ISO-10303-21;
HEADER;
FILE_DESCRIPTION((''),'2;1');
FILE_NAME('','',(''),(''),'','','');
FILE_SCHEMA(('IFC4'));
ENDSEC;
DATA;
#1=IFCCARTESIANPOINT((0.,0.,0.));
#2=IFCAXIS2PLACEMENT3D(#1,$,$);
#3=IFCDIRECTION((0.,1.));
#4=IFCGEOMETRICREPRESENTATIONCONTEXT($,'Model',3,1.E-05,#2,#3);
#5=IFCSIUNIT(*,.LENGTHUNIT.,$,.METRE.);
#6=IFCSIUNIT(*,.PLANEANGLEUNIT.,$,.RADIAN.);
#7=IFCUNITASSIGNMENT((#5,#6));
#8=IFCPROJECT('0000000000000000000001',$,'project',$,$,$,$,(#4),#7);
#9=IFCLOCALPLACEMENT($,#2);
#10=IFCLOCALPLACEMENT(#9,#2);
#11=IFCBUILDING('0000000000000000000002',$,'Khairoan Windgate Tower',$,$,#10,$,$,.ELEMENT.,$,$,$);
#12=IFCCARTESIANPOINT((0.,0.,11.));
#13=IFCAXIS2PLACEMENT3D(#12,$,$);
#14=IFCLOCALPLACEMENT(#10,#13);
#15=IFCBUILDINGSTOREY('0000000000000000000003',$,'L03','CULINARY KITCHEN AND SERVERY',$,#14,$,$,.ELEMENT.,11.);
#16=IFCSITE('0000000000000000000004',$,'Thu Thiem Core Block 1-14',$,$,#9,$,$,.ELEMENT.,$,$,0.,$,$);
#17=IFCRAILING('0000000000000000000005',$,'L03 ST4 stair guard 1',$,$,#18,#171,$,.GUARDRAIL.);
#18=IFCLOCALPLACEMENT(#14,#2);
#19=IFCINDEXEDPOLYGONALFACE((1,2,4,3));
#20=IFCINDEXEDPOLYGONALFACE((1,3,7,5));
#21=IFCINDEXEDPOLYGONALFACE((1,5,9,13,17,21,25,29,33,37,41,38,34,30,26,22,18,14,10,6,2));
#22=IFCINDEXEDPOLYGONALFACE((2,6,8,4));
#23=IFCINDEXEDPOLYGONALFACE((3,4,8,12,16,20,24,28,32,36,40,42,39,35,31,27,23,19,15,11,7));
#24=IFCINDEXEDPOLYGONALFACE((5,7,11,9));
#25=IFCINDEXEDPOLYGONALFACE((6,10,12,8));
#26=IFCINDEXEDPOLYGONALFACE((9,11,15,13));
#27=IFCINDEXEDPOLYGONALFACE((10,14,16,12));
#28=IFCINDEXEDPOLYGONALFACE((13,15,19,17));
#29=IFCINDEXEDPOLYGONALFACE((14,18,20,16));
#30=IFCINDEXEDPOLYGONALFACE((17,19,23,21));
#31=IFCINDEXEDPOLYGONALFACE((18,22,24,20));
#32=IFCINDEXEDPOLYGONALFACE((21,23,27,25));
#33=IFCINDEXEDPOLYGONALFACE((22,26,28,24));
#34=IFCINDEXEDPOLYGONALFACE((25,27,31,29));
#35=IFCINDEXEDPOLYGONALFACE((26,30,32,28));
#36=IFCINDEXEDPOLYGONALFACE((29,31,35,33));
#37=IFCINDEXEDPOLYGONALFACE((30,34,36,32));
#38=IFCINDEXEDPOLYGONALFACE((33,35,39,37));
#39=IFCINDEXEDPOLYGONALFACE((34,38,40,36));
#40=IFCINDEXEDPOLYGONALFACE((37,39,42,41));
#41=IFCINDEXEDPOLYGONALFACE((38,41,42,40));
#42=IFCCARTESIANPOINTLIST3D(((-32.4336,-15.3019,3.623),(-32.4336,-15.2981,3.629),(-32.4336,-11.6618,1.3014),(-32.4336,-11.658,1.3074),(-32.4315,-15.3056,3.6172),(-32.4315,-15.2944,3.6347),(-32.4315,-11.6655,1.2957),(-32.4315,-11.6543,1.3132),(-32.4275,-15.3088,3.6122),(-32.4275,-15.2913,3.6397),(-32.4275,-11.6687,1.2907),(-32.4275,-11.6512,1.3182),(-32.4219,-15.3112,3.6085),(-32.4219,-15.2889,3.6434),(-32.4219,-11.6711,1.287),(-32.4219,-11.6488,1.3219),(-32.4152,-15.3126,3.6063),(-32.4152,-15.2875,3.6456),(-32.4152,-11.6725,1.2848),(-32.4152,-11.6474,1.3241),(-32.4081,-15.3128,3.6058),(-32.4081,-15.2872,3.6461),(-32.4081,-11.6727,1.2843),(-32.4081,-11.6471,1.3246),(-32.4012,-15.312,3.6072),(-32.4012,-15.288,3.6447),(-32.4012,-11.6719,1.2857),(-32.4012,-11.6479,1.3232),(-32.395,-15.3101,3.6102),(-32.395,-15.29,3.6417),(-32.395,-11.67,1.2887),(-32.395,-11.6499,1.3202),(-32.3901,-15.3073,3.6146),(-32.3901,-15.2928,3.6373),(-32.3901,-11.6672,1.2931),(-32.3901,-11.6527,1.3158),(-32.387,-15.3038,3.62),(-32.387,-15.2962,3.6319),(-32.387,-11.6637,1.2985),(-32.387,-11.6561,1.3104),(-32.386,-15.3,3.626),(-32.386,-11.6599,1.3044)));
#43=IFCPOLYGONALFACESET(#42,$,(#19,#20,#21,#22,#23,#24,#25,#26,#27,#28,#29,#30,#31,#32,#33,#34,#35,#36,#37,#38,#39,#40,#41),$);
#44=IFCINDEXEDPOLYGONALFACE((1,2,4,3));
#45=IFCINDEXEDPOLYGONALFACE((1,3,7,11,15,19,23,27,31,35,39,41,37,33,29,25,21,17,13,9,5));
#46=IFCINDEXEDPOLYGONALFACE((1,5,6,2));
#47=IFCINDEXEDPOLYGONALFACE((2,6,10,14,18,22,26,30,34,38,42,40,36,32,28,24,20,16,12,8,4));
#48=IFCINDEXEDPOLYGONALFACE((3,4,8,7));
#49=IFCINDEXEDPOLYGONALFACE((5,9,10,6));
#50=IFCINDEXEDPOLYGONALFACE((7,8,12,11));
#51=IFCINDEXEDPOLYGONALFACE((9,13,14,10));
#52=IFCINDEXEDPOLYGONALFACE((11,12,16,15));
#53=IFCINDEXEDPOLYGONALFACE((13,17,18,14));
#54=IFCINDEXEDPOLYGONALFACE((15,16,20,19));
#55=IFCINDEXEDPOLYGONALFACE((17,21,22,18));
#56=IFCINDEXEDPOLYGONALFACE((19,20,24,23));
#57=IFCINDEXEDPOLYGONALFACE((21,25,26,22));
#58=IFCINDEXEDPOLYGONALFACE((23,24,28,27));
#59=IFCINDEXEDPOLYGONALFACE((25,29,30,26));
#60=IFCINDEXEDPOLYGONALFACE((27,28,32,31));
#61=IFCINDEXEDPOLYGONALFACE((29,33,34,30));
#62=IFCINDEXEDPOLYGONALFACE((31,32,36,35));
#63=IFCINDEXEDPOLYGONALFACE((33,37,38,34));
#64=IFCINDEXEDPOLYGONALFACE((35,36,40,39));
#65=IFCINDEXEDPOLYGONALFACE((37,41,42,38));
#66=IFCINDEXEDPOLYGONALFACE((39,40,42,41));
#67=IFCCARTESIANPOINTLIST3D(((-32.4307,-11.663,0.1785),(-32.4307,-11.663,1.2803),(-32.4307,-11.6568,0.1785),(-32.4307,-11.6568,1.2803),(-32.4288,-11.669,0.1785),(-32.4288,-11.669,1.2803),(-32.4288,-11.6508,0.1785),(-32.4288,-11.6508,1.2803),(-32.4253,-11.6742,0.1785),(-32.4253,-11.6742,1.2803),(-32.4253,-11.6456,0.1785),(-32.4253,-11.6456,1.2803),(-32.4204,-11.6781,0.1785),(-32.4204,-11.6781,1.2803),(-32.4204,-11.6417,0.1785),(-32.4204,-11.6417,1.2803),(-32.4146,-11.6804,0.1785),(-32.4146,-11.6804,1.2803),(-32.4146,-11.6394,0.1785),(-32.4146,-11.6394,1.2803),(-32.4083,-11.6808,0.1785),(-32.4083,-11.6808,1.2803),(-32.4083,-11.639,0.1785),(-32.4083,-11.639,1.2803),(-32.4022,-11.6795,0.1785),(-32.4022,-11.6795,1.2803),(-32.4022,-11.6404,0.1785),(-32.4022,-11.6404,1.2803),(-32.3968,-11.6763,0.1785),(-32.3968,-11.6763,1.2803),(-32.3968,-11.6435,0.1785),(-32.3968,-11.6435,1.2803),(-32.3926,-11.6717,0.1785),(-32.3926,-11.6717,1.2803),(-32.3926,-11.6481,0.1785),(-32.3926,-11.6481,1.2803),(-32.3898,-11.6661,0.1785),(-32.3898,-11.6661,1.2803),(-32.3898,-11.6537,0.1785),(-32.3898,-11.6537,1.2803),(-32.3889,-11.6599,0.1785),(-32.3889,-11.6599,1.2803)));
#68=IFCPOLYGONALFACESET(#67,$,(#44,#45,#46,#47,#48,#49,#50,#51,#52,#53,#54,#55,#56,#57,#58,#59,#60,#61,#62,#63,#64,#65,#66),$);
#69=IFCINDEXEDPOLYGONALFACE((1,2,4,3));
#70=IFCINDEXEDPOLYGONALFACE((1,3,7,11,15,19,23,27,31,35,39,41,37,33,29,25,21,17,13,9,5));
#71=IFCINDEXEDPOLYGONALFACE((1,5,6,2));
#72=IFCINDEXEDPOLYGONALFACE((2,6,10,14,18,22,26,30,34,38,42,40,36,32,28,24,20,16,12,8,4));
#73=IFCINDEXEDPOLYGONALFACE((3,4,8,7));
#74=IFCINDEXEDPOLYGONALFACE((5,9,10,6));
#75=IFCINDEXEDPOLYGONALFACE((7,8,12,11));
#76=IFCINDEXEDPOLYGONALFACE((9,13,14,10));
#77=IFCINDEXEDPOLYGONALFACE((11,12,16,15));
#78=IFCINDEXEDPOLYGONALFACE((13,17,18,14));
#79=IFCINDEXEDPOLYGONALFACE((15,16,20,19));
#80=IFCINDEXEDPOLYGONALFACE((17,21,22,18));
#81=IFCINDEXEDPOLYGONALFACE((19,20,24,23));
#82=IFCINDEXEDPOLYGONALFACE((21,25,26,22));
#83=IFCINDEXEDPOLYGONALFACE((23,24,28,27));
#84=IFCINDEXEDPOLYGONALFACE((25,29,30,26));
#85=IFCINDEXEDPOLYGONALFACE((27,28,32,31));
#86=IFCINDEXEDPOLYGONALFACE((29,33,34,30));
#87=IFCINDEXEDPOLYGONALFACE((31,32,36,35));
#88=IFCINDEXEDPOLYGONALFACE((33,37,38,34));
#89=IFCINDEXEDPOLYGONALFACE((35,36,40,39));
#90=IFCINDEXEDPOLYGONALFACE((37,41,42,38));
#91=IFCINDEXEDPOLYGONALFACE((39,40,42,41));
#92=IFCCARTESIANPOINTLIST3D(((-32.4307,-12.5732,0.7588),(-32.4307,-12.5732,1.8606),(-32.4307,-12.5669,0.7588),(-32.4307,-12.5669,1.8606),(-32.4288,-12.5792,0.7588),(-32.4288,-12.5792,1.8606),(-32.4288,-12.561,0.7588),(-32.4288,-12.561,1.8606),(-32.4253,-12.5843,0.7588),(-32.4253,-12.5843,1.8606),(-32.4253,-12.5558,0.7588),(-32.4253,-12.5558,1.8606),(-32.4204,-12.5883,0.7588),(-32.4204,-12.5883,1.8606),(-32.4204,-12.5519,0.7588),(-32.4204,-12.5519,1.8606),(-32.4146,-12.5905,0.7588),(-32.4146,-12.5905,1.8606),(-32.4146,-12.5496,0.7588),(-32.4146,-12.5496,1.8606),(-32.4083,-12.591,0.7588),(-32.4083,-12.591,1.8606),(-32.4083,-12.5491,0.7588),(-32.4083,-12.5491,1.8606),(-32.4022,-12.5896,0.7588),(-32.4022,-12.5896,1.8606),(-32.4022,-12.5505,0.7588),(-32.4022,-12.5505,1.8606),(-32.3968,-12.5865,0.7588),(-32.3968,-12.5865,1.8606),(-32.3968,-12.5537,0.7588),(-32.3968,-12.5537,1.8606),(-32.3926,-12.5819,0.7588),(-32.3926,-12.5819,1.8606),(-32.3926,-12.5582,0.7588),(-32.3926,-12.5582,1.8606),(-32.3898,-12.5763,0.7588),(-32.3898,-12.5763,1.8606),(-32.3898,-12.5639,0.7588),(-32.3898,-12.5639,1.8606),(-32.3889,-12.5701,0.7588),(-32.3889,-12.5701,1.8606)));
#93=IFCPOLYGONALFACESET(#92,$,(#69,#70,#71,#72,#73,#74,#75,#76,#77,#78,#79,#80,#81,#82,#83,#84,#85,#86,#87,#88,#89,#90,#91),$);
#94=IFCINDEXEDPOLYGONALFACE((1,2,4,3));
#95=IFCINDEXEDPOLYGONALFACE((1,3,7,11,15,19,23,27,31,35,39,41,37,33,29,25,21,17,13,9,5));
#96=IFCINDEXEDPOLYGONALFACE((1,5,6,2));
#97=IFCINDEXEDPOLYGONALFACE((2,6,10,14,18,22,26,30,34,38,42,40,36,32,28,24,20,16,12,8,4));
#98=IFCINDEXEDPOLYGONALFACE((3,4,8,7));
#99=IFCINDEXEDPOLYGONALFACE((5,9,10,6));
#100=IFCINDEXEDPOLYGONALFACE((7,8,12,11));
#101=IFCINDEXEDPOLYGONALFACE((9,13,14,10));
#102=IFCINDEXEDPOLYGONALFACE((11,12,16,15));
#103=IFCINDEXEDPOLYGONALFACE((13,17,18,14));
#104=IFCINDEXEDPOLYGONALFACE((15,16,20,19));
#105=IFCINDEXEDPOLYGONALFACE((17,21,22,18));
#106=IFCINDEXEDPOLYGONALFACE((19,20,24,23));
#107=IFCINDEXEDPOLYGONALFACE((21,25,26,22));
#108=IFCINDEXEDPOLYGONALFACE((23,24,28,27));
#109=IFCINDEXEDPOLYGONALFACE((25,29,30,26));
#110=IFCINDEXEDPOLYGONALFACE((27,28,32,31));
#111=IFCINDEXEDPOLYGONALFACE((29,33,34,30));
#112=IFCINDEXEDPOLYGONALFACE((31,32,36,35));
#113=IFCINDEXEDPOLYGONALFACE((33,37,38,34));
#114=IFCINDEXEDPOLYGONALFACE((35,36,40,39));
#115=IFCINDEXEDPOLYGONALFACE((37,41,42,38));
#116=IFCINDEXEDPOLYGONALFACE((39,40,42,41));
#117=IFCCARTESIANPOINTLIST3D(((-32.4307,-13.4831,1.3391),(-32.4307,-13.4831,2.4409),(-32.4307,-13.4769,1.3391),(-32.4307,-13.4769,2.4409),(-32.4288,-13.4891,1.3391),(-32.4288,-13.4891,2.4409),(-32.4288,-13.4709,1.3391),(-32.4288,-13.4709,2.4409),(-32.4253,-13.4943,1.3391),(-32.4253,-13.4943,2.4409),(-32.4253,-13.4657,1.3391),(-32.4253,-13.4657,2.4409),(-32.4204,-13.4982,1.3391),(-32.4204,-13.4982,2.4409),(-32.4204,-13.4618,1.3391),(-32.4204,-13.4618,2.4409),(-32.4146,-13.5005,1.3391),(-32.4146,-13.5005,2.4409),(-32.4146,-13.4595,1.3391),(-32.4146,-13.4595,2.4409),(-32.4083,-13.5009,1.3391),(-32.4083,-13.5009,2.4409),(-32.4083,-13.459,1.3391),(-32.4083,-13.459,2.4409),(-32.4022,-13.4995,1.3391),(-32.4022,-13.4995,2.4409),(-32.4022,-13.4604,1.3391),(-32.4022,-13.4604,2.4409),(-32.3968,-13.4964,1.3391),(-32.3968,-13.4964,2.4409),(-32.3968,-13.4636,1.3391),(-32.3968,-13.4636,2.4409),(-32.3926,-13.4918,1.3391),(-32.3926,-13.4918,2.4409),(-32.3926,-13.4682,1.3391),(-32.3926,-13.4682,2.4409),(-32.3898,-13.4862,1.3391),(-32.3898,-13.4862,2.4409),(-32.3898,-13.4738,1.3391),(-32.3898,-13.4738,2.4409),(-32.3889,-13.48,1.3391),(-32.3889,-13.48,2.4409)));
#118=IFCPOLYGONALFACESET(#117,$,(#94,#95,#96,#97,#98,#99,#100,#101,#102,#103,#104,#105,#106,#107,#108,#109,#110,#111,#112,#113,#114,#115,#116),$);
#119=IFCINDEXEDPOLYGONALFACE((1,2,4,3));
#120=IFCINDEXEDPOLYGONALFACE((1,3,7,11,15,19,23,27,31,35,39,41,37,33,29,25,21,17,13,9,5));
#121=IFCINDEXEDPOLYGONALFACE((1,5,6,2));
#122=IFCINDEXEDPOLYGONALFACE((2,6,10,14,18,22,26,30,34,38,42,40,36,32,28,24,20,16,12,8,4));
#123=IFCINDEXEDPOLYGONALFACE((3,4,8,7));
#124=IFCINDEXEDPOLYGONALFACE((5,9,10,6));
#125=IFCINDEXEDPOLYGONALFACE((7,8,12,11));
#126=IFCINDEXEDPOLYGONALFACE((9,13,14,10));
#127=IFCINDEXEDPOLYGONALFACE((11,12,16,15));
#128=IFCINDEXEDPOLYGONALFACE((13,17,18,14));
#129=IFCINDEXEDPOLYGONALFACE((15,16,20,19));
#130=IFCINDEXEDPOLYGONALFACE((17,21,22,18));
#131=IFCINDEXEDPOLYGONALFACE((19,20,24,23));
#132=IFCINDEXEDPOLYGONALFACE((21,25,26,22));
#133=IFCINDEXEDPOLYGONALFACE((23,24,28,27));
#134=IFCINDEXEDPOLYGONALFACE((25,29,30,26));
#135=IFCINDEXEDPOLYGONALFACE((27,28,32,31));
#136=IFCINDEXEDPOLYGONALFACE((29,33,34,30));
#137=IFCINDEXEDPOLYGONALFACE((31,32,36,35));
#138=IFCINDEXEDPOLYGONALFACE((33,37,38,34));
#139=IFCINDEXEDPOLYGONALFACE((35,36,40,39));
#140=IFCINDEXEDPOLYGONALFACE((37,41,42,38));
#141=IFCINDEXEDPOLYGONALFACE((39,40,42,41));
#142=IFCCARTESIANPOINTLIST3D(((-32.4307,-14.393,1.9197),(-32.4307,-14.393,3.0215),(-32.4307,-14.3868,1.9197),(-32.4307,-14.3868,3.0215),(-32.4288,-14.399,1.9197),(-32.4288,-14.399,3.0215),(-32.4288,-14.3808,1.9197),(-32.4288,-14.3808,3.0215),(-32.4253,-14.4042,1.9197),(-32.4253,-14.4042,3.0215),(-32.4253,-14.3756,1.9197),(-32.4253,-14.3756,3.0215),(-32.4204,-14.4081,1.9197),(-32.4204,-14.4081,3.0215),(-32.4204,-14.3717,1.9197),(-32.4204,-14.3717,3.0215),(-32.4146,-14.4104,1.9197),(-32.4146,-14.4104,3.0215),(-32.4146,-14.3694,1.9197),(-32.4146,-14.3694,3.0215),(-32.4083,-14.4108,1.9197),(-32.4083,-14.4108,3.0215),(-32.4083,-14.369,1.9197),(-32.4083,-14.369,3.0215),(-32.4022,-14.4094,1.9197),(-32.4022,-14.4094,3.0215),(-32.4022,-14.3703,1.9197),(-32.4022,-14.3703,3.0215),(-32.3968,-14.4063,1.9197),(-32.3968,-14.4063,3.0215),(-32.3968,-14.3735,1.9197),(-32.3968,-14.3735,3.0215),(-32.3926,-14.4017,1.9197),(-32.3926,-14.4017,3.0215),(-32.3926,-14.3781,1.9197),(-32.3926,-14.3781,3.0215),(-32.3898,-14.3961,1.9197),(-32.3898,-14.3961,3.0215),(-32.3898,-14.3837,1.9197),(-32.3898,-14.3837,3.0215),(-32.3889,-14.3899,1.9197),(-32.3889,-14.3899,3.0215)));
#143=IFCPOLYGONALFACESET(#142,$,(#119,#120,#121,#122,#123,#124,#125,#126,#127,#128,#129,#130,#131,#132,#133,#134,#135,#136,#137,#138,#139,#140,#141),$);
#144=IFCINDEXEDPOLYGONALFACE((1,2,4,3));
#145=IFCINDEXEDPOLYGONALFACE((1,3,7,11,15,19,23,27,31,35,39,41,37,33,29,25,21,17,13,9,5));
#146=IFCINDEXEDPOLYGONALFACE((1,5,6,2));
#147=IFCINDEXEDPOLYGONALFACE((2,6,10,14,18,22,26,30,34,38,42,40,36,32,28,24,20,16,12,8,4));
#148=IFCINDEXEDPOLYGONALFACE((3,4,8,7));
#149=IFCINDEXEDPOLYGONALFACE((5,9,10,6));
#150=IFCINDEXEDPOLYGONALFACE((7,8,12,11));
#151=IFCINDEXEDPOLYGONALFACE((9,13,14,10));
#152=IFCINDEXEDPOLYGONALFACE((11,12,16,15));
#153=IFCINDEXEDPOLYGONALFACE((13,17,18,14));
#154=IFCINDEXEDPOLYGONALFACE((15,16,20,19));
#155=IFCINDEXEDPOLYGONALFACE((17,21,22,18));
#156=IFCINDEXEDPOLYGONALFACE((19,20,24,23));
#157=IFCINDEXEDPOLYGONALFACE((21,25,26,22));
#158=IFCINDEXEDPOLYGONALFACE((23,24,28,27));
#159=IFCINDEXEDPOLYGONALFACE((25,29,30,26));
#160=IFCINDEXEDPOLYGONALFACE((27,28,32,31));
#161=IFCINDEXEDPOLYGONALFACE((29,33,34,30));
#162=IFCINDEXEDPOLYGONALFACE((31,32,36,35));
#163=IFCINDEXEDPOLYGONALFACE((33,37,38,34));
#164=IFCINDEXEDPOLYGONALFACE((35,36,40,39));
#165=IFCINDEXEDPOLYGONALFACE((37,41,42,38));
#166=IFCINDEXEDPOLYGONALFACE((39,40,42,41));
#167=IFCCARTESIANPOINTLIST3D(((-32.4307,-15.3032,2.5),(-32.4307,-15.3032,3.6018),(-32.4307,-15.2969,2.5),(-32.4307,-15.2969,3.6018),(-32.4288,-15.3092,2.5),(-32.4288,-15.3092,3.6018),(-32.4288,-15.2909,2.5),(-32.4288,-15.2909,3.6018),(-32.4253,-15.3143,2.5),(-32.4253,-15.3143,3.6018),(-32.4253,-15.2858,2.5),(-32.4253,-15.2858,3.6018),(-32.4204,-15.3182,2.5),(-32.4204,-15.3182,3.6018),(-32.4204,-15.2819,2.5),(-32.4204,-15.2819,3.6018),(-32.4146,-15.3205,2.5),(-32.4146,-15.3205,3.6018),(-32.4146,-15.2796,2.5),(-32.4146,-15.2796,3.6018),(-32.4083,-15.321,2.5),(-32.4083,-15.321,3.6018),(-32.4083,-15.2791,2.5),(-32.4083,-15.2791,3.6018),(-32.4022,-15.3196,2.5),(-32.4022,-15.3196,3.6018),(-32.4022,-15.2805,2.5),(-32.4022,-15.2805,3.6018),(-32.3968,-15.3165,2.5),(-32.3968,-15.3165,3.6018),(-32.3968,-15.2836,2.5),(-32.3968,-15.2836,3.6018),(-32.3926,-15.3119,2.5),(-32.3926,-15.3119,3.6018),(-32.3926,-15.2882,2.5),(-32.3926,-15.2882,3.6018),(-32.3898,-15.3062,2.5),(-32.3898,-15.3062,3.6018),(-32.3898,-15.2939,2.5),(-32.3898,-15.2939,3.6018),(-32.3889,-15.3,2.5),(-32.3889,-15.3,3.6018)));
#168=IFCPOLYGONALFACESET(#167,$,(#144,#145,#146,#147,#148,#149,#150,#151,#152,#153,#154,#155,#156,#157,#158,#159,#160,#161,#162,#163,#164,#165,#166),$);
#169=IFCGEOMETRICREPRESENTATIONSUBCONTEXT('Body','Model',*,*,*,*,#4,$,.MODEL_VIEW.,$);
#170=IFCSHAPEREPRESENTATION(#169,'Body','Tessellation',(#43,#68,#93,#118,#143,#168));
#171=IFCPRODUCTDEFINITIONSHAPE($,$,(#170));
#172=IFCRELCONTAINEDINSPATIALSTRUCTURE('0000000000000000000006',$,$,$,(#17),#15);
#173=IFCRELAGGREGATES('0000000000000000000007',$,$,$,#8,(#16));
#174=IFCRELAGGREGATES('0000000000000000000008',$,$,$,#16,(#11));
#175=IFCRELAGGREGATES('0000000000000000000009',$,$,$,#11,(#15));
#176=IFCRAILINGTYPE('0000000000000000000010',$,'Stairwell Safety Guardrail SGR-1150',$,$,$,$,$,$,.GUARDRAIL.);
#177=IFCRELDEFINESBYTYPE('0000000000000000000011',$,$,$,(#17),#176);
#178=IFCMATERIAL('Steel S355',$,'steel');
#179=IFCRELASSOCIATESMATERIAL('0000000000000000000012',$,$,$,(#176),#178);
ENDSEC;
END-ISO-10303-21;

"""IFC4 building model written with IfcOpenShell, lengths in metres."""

from ifc_helpers import new_model, si_unit, direction, frame, origin, origin_2d, place, context, subcontext, project, spatial, circle, extrude, material, type_object, element, save


model = new_model("IFC4")

# Units and contexts
model_context = context("Model", 3, precision=1e-05, world=origin(), true_north=direction((0.0, 1.0)))
body_context = subcontext(model_context, "Body", "Model", "MODEL_VIEW")
ifc_project = project(units=[si_unit("LENGTHUNIT", "METRE"), si_unit("PLANEANGLEUNIT", "RADIAN")], contexts=[model_context])

# Site, building, storey
site_placement = place(None, origin())
site = spatial("IfcSite", under=ifc_project, at=site_placement, Name="Thu Thiem Core Block 1-14", CompositionType="ELEMENT", RefElevation=0.0)
building_placement = place(site_placement, origin())
building = spatial("IfcBuilding", under=site, at=building_placement, Name="Khairoan Windgate Tower", CompositionType="ELEMENT")
storey_placement = place(building_placement, frame((0.0, 0.0, 11.0)))
storey = spatial("IfcBuildingStorey", under=building, at=storey_placement, Name="L03", Description="CULINARY KITCHEN AND SERVERY", CompositionType="ELEMENT", Elevation=11.0)

# Railing
ifc_material_1 = material(Name="Steel S355", Category="steel")
railing_type_1 = type_object("IfcRailingType", Name="Stairwell Safety Guardrail SGR-1150", PredefinedType="GUARDRAIL", material=ifc_material_1)
railing_1_placement = place(storey_placement, frame((-32.4099, -11.6599, 0.1785)))
element("IfcRailing", 1, at=railing_1_placement, inside=storey, type_object=railing_type_1, Name="L03 ST4 stair guard 1", PredefinedType="GUARDRAIL", context=body_context, shape_type="SweptSolid", body=[
    extrude(circle(Radius=0.0239, at=origin_2d()), frame((0.0, 0.0, 1.126), z_axis=(0.0, -0.843128, 0.537713), x_axis=(1.0, 0.0, 0.0)), (0.0, 0.0, 1.0), 4.3174),
    extrude(circle(Radius=0.021, at=origin_2d()), origin(), (0.0, 0.0, 1.0), 1.1018),
    extrude(circle(Radius=0.021, at=origin_2d()), frame((0.0, -0.9102, 0.5803)), (0.0, 0.0, 1.0), 1.1018),
    extrude(circle(Radius=0.021, at=origin_2d()), frame((0.0, -1.8201, 1.1606)), (0.0, 0.0, 1.0), 1.1018),
    extrude(circle(Radius=0.021, at=origin_2d()), frame((0.0, -2.73, 1.7412)), (0.0, 0.0, 1.0), 1.1018),
    extrude(circle(Radius=0.021, at=origin_2d()), frame((0.0, -3.6401, 2.3215)), (0.0, 0.0, 1.0), 1.1018),
])

save(model, "model.ifc")
